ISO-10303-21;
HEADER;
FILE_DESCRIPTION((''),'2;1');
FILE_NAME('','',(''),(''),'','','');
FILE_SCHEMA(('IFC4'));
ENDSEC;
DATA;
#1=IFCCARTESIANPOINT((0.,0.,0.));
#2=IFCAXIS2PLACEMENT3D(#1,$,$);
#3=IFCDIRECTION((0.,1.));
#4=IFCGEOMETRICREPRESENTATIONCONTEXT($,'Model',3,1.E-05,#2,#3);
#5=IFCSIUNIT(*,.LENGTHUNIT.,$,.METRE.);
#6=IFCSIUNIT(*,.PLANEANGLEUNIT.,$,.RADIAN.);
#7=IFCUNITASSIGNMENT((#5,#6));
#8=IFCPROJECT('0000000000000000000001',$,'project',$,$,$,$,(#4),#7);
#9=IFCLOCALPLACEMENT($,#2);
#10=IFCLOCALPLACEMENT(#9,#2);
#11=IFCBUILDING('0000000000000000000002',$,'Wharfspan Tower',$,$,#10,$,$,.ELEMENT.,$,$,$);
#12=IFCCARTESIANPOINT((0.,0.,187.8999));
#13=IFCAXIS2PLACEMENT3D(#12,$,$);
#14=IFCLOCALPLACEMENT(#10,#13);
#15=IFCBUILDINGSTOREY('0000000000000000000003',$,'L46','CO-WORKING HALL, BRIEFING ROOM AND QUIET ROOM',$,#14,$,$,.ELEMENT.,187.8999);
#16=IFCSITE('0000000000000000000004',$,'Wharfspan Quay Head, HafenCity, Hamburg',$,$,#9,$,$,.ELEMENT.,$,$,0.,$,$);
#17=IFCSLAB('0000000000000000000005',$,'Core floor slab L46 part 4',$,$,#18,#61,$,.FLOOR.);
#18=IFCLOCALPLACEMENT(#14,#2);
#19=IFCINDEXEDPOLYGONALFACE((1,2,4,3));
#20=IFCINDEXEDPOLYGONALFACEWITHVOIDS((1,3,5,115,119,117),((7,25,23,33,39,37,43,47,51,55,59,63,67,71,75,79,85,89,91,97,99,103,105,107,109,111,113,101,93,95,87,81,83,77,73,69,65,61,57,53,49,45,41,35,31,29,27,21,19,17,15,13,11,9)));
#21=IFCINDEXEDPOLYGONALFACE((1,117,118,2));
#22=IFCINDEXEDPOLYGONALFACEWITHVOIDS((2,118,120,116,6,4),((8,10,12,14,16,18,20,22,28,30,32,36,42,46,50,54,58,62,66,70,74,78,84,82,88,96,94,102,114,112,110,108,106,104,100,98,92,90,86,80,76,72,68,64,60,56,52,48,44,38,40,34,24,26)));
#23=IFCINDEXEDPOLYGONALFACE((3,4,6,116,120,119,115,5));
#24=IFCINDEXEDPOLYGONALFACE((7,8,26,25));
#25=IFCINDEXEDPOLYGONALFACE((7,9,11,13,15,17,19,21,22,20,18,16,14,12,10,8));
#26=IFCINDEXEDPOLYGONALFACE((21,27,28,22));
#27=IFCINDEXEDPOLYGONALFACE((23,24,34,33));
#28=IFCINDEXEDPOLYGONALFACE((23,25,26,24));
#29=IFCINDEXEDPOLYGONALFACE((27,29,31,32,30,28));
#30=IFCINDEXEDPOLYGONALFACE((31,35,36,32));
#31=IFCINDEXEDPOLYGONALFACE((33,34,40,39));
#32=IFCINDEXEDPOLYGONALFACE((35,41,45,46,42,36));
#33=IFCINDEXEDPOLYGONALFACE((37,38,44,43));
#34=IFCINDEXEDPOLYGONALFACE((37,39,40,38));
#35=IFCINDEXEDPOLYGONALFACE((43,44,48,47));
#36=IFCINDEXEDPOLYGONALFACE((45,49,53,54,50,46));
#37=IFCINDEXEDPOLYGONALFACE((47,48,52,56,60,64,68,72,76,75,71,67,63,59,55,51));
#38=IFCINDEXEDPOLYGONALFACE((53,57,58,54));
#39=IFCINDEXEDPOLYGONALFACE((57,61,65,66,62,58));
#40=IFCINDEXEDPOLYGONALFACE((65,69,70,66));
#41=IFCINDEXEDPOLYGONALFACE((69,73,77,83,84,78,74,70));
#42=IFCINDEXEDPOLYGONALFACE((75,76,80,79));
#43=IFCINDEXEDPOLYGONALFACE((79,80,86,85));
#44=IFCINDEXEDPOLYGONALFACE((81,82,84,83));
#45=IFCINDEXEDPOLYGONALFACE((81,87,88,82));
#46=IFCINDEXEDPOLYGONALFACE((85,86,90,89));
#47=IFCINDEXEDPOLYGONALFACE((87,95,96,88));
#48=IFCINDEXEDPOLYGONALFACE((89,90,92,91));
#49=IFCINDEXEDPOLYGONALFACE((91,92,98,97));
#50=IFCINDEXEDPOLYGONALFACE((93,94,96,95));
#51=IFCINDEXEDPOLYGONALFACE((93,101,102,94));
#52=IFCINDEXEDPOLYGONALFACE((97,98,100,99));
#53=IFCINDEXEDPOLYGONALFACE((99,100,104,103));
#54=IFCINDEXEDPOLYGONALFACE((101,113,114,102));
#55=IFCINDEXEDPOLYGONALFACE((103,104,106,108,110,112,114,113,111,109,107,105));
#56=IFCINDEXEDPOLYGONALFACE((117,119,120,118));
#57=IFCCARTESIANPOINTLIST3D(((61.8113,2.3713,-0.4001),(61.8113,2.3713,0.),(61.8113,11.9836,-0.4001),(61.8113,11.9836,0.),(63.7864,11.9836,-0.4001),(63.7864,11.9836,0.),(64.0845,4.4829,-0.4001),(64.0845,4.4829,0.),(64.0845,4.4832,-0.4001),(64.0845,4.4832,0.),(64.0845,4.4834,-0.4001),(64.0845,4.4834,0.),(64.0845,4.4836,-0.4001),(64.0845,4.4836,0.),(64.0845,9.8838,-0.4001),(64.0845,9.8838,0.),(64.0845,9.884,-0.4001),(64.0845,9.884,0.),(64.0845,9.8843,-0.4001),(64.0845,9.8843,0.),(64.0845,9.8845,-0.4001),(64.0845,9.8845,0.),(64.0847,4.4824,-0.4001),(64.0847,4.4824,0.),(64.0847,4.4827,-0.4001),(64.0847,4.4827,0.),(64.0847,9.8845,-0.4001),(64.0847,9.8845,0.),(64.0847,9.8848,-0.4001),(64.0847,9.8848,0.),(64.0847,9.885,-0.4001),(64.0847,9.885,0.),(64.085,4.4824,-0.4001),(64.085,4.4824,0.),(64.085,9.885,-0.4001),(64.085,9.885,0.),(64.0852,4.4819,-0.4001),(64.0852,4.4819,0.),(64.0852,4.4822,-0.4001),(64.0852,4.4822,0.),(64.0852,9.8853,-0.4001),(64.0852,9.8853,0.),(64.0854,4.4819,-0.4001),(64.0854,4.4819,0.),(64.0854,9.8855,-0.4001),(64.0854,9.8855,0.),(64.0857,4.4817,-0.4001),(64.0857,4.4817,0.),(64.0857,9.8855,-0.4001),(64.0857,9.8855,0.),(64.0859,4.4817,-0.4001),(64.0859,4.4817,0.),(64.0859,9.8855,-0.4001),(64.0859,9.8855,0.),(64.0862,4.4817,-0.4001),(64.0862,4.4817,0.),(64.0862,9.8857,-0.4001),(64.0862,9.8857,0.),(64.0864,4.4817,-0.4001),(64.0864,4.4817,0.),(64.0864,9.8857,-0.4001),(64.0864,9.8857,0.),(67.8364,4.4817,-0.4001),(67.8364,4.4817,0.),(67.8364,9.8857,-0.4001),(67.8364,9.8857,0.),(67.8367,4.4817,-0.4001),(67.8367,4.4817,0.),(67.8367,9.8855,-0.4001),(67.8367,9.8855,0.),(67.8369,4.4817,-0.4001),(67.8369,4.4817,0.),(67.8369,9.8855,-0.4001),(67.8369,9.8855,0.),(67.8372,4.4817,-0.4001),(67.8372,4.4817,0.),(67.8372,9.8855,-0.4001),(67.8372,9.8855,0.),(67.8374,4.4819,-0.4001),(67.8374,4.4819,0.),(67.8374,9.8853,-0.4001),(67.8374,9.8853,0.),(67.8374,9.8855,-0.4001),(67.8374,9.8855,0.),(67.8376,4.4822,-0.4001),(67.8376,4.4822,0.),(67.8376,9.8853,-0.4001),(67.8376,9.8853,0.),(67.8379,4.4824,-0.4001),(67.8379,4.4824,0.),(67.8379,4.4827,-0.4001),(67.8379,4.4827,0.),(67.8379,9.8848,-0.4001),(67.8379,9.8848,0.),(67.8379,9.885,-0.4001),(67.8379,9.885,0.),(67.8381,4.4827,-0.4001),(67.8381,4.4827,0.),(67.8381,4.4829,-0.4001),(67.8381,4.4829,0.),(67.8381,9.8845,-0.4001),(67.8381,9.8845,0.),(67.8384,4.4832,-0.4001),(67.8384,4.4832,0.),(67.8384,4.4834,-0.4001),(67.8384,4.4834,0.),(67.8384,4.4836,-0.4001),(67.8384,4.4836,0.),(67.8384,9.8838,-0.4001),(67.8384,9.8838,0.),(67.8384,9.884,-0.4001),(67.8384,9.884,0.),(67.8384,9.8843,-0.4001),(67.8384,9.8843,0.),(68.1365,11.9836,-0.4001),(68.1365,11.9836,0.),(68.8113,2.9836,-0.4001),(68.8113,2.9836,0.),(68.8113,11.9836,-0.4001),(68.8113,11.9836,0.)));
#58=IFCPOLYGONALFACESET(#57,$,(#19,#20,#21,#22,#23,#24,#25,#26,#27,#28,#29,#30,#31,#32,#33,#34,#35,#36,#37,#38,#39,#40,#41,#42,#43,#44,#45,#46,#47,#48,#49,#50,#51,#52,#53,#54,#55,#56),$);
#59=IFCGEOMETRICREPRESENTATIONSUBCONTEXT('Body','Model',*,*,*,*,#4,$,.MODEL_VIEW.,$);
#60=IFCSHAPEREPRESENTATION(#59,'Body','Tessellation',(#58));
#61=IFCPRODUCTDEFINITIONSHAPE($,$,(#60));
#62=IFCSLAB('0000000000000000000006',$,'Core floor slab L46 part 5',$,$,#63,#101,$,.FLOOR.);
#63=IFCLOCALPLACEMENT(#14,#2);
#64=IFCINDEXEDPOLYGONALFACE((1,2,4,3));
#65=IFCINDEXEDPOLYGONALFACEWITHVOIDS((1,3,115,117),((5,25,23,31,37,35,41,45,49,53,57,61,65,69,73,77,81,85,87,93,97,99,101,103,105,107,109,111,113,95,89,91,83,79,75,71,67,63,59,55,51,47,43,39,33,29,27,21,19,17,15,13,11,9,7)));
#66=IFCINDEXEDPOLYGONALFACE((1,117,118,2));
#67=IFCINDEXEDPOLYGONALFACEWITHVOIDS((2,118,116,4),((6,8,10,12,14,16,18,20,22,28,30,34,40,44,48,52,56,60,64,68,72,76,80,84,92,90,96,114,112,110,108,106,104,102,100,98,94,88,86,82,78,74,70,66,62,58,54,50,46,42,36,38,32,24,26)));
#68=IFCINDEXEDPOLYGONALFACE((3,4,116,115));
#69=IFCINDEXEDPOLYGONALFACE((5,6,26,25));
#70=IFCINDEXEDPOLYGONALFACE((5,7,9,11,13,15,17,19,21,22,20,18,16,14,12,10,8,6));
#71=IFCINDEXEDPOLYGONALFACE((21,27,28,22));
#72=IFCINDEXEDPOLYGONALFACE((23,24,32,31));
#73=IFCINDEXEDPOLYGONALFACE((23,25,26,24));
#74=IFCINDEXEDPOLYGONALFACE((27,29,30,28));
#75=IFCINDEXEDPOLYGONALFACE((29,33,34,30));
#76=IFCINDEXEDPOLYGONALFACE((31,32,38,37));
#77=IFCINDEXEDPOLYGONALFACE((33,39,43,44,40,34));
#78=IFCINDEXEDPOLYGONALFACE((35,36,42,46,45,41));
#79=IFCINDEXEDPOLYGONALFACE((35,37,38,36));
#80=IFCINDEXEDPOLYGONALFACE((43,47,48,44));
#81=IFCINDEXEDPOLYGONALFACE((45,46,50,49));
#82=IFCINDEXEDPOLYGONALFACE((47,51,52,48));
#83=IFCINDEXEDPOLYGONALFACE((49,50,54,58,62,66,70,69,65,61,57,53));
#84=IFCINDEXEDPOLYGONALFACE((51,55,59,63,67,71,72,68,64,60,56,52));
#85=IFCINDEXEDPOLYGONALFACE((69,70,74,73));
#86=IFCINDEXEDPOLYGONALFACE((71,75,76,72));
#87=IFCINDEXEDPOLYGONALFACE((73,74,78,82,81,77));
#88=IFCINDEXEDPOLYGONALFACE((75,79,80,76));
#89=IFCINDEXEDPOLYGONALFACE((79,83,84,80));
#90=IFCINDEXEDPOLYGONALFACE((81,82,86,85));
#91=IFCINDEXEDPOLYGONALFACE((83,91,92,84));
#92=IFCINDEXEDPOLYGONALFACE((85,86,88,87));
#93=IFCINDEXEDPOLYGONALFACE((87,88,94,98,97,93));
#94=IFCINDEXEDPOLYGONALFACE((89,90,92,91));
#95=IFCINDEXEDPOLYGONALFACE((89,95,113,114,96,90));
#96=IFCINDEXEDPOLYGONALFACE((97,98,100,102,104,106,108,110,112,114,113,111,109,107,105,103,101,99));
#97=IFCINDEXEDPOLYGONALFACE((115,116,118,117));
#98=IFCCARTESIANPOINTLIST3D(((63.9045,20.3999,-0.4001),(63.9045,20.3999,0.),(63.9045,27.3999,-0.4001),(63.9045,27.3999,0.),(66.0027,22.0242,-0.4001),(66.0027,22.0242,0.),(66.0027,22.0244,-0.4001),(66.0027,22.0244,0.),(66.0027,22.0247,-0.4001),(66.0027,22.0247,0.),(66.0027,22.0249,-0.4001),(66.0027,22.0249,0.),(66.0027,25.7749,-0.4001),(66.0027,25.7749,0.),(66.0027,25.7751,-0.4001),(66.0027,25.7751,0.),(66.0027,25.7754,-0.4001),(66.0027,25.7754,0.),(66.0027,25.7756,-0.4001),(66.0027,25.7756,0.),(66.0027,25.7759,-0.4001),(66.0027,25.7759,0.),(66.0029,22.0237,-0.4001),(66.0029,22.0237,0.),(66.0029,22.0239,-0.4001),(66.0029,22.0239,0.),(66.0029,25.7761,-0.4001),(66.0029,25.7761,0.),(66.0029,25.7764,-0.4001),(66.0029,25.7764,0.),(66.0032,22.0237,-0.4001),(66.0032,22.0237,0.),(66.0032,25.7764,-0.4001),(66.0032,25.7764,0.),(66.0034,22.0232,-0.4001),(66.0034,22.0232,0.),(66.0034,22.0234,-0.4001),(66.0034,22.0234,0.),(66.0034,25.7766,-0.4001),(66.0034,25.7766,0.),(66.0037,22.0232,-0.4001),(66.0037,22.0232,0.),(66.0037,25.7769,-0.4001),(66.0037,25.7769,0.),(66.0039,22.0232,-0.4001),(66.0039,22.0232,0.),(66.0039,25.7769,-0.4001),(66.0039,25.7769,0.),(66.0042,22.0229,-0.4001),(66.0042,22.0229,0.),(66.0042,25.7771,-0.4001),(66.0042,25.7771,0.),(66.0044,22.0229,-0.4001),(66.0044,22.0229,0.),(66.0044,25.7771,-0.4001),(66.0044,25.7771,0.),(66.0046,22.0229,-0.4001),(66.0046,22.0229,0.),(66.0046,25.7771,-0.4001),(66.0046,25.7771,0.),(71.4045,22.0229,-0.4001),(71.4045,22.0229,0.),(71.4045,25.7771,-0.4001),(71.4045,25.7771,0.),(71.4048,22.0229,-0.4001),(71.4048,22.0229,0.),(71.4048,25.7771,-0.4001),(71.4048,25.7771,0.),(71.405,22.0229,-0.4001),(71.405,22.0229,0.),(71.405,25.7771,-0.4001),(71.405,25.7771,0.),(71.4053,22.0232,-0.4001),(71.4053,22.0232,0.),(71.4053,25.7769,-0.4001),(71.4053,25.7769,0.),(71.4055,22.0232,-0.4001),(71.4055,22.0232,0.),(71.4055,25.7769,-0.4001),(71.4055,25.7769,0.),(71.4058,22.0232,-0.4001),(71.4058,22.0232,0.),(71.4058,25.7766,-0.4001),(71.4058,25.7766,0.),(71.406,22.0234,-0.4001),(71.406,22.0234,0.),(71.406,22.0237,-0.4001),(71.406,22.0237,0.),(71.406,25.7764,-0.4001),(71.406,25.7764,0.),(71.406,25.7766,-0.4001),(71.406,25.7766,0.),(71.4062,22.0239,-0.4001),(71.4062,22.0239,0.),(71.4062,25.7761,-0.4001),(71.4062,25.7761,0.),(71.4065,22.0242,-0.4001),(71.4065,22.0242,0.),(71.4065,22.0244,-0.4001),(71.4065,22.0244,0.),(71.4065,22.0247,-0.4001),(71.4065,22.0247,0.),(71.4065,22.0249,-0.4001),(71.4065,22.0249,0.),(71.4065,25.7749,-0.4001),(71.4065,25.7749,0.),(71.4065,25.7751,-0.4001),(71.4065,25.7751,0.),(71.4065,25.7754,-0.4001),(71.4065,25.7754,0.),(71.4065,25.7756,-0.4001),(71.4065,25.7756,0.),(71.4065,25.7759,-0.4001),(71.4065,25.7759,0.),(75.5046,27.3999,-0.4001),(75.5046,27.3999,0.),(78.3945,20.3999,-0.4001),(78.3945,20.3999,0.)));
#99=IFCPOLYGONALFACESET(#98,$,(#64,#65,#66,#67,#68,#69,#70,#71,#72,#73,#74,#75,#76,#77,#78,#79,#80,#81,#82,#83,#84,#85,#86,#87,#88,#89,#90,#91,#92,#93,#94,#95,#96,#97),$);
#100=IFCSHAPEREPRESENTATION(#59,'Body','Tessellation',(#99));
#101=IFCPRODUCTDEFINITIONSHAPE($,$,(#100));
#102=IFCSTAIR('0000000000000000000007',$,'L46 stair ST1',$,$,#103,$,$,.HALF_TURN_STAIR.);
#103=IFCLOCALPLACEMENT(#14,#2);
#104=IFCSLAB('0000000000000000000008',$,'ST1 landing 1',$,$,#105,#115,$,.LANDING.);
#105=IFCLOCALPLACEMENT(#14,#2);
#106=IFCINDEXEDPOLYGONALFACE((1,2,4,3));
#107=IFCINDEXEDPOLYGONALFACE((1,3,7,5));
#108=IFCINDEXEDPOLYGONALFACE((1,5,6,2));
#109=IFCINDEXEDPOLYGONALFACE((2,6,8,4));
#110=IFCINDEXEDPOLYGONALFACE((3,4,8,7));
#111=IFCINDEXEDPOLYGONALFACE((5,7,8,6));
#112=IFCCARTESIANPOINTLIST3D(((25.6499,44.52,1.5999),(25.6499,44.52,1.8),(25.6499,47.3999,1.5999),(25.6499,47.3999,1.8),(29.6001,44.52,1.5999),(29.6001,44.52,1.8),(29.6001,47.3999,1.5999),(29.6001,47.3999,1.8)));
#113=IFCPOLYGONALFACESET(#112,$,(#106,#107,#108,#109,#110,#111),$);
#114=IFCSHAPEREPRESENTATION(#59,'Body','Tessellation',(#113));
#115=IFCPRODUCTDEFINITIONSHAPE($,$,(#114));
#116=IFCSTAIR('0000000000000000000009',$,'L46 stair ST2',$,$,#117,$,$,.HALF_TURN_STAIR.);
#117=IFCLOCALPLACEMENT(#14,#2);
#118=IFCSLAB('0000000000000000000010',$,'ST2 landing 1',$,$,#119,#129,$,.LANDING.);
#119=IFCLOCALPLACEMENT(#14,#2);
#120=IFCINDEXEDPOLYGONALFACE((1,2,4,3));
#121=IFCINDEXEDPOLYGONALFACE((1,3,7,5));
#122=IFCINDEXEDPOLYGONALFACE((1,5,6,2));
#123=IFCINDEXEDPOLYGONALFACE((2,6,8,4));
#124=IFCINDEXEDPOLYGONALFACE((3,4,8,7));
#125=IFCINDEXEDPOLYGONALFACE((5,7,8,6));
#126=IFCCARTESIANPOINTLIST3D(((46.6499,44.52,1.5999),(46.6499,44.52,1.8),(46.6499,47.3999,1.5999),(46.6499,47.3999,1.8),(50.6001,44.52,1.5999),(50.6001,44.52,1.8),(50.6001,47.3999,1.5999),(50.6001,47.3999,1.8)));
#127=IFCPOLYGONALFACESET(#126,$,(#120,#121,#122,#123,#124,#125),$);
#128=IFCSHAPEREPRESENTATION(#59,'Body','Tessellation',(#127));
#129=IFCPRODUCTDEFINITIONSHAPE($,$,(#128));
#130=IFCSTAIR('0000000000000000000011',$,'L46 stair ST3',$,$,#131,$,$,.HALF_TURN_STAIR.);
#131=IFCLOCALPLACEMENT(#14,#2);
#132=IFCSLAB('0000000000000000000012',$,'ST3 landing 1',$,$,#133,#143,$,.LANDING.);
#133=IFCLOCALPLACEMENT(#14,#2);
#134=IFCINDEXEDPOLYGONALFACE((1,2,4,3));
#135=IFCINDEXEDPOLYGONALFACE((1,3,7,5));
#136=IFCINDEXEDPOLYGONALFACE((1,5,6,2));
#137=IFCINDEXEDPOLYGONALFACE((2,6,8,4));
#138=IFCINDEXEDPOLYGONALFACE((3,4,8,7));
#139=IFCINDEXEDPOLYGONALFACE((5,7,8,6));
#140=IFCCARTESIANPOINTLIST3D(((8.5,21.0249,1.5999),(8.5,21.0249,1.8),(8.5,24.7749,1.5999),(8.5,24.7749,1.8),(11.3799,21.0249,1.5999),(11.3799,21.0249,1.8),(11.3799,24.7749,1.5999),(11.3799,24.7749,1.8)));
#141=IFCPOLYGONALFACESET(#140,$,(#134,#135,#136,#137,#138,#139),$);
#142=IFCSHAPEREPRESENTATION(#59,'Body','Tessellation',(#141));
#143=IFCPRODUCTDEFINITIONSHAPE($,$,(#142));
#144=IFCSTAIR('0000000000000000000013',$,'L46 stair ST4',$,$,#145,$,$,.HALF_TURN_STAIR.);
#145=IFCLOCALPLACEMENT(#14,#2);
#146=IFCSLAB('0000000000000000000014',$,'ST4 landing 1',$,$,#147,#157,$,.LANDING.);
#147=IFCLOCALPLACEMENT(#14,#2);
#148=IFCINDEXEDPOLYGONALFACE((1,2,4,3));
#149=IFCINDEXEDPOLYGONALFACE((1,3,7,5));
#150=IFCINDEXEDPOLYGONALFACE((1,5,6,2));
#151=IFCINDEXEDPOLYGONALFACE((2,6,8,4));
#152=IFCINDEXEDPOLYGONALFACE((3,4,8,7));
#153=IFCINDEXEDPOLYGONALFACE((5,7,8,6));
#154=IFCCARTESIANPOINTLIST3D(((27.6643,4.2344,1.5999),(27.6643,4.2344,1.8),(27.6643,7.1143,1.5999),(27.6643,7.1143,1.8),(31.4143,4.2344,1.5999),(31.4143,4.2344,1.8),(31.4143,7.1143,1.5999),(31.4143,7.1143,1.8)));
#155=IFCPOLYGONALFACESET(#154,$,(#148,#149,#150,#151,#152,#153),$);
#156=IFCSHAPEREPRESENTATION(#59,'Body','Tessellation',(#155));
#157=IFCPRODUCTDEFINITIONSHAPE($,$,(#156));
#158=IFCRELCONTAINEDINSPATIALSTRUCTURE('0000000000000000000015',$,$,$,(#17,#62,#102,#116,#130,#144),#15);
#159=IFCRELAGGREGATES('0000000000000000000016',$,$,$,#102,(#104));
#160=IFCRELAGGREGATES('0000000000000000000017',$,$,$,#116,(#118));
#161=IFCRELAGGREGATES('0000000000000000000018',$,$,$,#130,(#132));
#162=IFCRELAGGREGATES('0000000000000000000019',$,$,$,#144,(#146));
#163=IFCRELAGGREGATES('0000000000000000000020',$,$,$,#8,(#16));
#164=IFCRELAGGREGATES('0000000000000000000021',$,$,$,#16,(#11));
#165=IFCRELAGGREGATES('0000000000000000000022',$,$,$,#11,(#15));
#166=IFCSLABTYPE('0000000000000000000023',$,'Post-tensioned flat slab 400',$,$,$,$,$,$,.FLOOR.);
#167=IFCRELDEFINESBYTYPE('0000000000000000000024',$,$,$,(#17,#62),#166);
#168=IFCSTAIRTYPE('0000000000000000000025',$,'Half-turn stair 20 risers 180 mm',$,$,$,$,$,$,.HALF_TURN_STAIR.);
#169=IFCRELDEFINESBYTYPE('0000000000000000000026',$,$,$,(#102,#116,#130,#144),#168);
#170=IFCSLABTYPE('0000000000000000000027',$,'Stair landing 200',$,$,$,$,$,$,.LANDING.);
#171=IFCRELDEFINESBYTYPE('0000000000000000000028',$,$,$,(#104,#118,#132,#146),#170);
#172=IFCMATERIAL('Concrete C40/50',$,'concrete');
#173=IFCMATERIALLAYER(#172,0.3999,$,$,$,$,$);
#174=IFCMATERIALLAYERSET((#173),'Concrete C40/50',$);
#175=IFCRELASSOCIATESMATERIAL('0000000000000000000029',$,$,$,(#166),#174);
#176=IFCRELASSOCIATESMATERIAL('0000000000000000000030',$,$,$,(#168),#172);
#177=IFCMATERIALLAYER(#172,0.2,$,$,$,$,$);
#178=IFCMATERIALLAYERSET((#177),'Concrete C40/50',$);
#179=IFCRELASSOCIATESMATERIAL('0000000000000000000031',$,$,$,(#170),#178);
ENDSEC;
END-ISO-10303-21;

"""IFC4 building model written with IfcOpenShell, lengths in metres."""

from ifc_helpers import new_model, si_unit, direction, frame, origin, place, context, subcontext, project, spatial, polyline, outline, extrude, material, layer, layer_set, type_object, element, aggregate, save


model = new_model("IFC4")

# Units and contexts
model_context = context("Model", 3, precision=1e-05, world=origin(), true_north=direction((0.0, 1.0)))
body_context = subcontext(model_context, "Body", "Model", "MODEL_VIEW")
ifc_project = project(units=[si_unit("LENGTHUNIT", "METRE"), si_unit("PLANEANGLEUNIT", "RADIAN")], contexts=[model_context])

# Site, building, storey
site_placement = place(None, origin())
site = spatial("IfcSite", under=ifc_project, at=site_placement, Name="Wharfspan Quay Head, HafenCity, Hamburg", CompositionType="ELEMENT", RefElevation=0.0)
building_placement = place(site_placement, origin())
building = spatial("IfcBuilding", under=site, at=building_placement, Name="Wharfspan Tower", CompositionType="ELEMENT")
storey_placement = place(building_placement, frame((0.0, 0.0, 187.8999)))
storey = spatial("IfcBuildingStorey", under=building, at=storey_placement, Name="L46", Description="CO-WORKING HALL, BRIEFING ROOM AND QUIET ROOM", CompositionType="ELEMENT", Elevation=187.8999)

# Slabs
ifc_material_1 = material(Name="Concrete C40/50", Category="concrete")
ifc_layer_1 = layer(ifc_material_1, 0.3999)
ifc_layer_set_1 = layer_set([ifc_layer_1], Name="Concrete C40/50")
slab_type_1 = type_object("IfcSlabType", Name="Post-tensioned flat slab 400", PredefinedType="FLOOR", material=ifc_layer_set_1)
slab_1_placement = place(storey_placement, frame((0.0, 0.0, -0.4001)))
element("IfcSlab", 1, at=slab_1_placement, inside=storey, type_object=slab_type_1, Name="Core floor slab L46 part 4", PredefinedType="FLOOR", context=body_context, shape_type="SweptSolid", body=[
    extrude(outline(polyline([(68.8113, 11.9836), (68.1365, 11.9836), (63.7864, 11.9836), (61.8113, 11.9836), (61.8113, 2.3713), (68.8113, 2.9836), (68.8113, 11.9836)]), holes=[polyline([(64.0845, 9.8838), (64.0845, 9.8838), (64.0845, 9.884), (64.0845, 9.8843), (64.0845, 9.8845), (64.0847, 9.8845), (64.0847, 9.8848), (64.0847, 9.885), (64.085, 9.885), (64.0852, 9.8853), (64.0852, 9.8853), (64.0854, 9.8855), (64.0857, 9.8855), (64.0857, 9.8855), (64.0859, 9.8855), (64.0862, 9.8857), (64.0864, 9.8857), (67.8364, 9.8857), (67.8364, 9.8857), (67.8367, 9.8855), (67.8369, 9.8855), (67.8372, 9.8855), (67.8374, 9.8855), (67.8374, 9.8853), (67.8376, 9.8853), (67.8379, 9.885), (67.8379, 9.885), (67.8379, 9.8848), (67.8381, 9.8845), (67.8381, 9.8845), (67.8384, 9.8843), (67.8384, 9.884), (67.8384, 9.8838), (67.8384, 9.8838), (67.8384, 4.4836), (67.8384, 4.4834), (67.8384, 4.4834), (67.8384, 4.4832), (67.8381, 4.4829), (67.8381, 4.4827), (67.8379, 4.4827), (67.8379, 4.4824), (67.8379, 4.4824), (67.8376, 4.4822), (67.8374, 4.4819), (67.8374, 4.4819), (67.8372, 4.4817), (67.8369, 4.4817), (67.8367, 4.4817), (67.8364, 4.4817), (67.8364, 4.4817), (64.0864, 4.4817), (64.0862, 4.4817), (64.0859, 4.4817), (64.0857, 4.4817), (64.0857, 4.4817), (64.0854, 4.4819), (64.0852, 4.4819), (64.0852, 4.4822), (64.085, 4.4824), (64.0847, 4.4824), (64.0847, 4.4827), (64.0847, 4.4827), (64.0845, 4.4829), (64.0845, 4.4832), (64.0845, 4.4834), (64.0845, 4.4834), (64.0845, 4.4836), (64.0845, 9.8838)])]), origin(), (0.0, 0.0, 1.0), 0.4001),
])
slab_2_placement = place(storey_placement, frame((0.0, 0.0, -0.4001)))
element("IfcSlab", 2, at=slab_2_placement, inside=storey, type_object=slab_type_1, Name="Core floor slab L46 part 5", PredefinedType="FLOOR", context=body_context, shape_type="SweptSolid", body=[
    extrude(outline(polyline([(78.3945, 20.3999), (75.5046, 27.3999), (63.9045, 27.3999), (63.9045, 20.3999), (78.3945, 20.3999)]), holes=[polyline([(66.0046, 22.0229), (66.0044, 22.0229), (66.0041, 22.0229), (66.0039, 22.0232), (66.0039, 22.0232), (66.0037, 22.0232), (66.0034, 22.0232), (66.0034, 22.0234), (66.0032, 22.0237), (66.0029, 22.0237), (66.0029, 22.0239), (66.0027, 22.0242), (66.0027, 22.0242), (66.0027, 22.0244), (66.0027, 22.0247), (66.0027, 22.0249), (66.0027, 22.0249), (66.0027, 25.7749), (66.0027, 25.7751), (66.0027, 25.7754), (66.0027, 25.7756), (66.0027, 25.7759), (66.0027, 25.7759), (66.0029, 25.7761), (66.0029, 25.7764), (66.0032, 25.7764), (66.0034, 25.7766), (66.0034, 25.7766), (66.0037, 25.7769), (66.0039, 25.7769), (66.0039, 25.7769), (66.0041, 25.7771), (66.0044, 25.7771), (66.0046, 25.7771), (71.4045, 25.7771), (71.4048, 25.7771), (71.405, 25.7771), (71.4053, 25.7769), (71.4055, 25.7769), (71.4055, 25.7769), (71.4058, 25.7766), (71.406, 25.7766), (71.406, 25.7764), (71.406, 25.7764), (71.4062, 25.7761), (71.4065, 25.7759), (71.4065, 25.7759), (71.4065, 25.7756), (71.4065, 25.7754), (71.4065, 25.7751), (71.4065, 25.7749), (71.4065, 22.0249), (71.4065, 22.0249), (71.4065, 22.0247), (71.4065, 22.0244), (71.4065, 22.0242), (71.4065, 22.0242), (71.4062, 22.0239), (71.406, 22.0237), (71.406, 22.0237), (71.406, 22.0234), (71.4058, 22.0232), (71.4055, 22.0232), (71.4055, 22.0232), (71.4053, 22.0232), (71.405, 22.0229), (71.4048, 22.0229), (71.4045, 22.0229), (66.0046, 22.0229)])]), origin(), (0.0, 0.0, 1.0), 0.4001),
])

# Stairs, slabs
stair_type = type_object("IfcStairType", Name="Half-turn stair 20 risers 180 mm", PredefinedType="HALF_TURN_STAIR", material=ifc_material_1)
stair_1_placement = place(storey_placement, origin())
stair_1 = element("IfcStair", 3, at=stair_1_placement, inside=storey, type_object=stair_type, Name="L46 stair ST1", PredefinedType="HALF_TURN_STAIR")
ifc_layer_2 = layer(ifc_material_1, 0.2)
ifc_layer_set_2 = layer_set([ifc_layer_2], Name="Concrete C40/50")
slab_type_2 = type_object("IfcSlabType", Name="Stair landing 200", PredefinedType="LANDING", material=ifc_layer_set_2)
slab_3_placement = place(storey_placement, frame((0.0, 0.0, 1.5999)))
slab_3 = element("IfcSlab", 4, at=slab_3_placement, type_object=slab_type_2, Name="ST1 landing 1", PredefinedType="LANDING", context=body_context, shape_type="SweptSolid", body=[
    extrude(outline(polyline([(25.6499, 44.52), (29.6001, 44.52), (29.6001, 47.3999), (25.6499, 47.3999), (25.6499, 44.52)])), origin(), (0.0, 0.0, 1.0), 0.2002),
])
aggregate(stair_1, [slab_3])
stair_2_placement = place(storey_placement, origin())
stair_2 = element("IfcStair", 5, at=stair_2_placement, inside=storey, type_object=stair_type, Name="L46 stair ST2", PredefinedType="HALF_TURN_STAIR")
slab_4_placement = place(storey_placement, frame((0.0, 0.0, 1.5999)))
slab_4 = element("IfcSlab", 6, at=slab_4_placement, type_object=slab_type_2, Name="ST2 landing 1", PredefinedType="LANDING", context=body_context, shape_type="SweptSolid", body=[
    extrude(outline(polyline([(46.6499, 44.52), (50.6001, 44.52), (50.6001, 47.3999), (46.6499, 47.3999), (46.6499, 44.52)])), origin(), (0.0, 0.0, 1.0), 0.2002),
])
aggregate(stair_2, [slab_4])
stair_3_placement = place(storey_placement, origin())
stair_3 = element("IfcStair", 7, at=stair_3_placement, inside=storey, type_object=stair_type, Name="L46 stair ST3", PredefinedType="HALF_TURN_STAIR")
slab_5_placement = place(storey_placement, frame((0.0, 0.0, 1.5999)))
slab_5 = element("IfcSlab", 8, at=slab_5_placement, type_object=slab_type_2, Name="ST3 landing 1", PredefinedType="LANDING", context=body_context, shape_type="SweptSolid", body=[
    extrude(outline(polyline([(11.3799, 24.7749), (8.5, 24.7749), (8.5, 21.0249), (11.3799, 21.0249), (11.3799, 24.7749)])), origin(), (0.0, 0.0, 1.0), 0.2002),
])
aggregate(stair_3, [slab_5])
stair_4_placement = place(storey_placement, origin())
stair_4 = element("IfcStair", 9, at=stair_4_placement, inside=storey, type_object=stair_type, Name="L46 stair ST4", PredefinedType="HALF_TURN_STAIR")
slab_6_placement = place(storey_placement, frame((0.0, 0.0, 1.5999)))
slab_6 = element("IfcSlab", 10, at=slab_6_placement, type_object=slab_type_2, Name="ST4 landing 1", PredefinedType="LANDING", context=body_context, shape_type="SweptSolid", body=[
    extrude(outline(polyline([(27.6643, 7.1143), (27.6643, 4.2344), (31.4143, 4.2344), (31.4143, 7.1143), (27.6643, 7.1143)])), origin(), (0.0, 0.0, 1.0), 0.2002),
])
aggregate(stair_4, [slab_6])

save(model, "model.ifc")
